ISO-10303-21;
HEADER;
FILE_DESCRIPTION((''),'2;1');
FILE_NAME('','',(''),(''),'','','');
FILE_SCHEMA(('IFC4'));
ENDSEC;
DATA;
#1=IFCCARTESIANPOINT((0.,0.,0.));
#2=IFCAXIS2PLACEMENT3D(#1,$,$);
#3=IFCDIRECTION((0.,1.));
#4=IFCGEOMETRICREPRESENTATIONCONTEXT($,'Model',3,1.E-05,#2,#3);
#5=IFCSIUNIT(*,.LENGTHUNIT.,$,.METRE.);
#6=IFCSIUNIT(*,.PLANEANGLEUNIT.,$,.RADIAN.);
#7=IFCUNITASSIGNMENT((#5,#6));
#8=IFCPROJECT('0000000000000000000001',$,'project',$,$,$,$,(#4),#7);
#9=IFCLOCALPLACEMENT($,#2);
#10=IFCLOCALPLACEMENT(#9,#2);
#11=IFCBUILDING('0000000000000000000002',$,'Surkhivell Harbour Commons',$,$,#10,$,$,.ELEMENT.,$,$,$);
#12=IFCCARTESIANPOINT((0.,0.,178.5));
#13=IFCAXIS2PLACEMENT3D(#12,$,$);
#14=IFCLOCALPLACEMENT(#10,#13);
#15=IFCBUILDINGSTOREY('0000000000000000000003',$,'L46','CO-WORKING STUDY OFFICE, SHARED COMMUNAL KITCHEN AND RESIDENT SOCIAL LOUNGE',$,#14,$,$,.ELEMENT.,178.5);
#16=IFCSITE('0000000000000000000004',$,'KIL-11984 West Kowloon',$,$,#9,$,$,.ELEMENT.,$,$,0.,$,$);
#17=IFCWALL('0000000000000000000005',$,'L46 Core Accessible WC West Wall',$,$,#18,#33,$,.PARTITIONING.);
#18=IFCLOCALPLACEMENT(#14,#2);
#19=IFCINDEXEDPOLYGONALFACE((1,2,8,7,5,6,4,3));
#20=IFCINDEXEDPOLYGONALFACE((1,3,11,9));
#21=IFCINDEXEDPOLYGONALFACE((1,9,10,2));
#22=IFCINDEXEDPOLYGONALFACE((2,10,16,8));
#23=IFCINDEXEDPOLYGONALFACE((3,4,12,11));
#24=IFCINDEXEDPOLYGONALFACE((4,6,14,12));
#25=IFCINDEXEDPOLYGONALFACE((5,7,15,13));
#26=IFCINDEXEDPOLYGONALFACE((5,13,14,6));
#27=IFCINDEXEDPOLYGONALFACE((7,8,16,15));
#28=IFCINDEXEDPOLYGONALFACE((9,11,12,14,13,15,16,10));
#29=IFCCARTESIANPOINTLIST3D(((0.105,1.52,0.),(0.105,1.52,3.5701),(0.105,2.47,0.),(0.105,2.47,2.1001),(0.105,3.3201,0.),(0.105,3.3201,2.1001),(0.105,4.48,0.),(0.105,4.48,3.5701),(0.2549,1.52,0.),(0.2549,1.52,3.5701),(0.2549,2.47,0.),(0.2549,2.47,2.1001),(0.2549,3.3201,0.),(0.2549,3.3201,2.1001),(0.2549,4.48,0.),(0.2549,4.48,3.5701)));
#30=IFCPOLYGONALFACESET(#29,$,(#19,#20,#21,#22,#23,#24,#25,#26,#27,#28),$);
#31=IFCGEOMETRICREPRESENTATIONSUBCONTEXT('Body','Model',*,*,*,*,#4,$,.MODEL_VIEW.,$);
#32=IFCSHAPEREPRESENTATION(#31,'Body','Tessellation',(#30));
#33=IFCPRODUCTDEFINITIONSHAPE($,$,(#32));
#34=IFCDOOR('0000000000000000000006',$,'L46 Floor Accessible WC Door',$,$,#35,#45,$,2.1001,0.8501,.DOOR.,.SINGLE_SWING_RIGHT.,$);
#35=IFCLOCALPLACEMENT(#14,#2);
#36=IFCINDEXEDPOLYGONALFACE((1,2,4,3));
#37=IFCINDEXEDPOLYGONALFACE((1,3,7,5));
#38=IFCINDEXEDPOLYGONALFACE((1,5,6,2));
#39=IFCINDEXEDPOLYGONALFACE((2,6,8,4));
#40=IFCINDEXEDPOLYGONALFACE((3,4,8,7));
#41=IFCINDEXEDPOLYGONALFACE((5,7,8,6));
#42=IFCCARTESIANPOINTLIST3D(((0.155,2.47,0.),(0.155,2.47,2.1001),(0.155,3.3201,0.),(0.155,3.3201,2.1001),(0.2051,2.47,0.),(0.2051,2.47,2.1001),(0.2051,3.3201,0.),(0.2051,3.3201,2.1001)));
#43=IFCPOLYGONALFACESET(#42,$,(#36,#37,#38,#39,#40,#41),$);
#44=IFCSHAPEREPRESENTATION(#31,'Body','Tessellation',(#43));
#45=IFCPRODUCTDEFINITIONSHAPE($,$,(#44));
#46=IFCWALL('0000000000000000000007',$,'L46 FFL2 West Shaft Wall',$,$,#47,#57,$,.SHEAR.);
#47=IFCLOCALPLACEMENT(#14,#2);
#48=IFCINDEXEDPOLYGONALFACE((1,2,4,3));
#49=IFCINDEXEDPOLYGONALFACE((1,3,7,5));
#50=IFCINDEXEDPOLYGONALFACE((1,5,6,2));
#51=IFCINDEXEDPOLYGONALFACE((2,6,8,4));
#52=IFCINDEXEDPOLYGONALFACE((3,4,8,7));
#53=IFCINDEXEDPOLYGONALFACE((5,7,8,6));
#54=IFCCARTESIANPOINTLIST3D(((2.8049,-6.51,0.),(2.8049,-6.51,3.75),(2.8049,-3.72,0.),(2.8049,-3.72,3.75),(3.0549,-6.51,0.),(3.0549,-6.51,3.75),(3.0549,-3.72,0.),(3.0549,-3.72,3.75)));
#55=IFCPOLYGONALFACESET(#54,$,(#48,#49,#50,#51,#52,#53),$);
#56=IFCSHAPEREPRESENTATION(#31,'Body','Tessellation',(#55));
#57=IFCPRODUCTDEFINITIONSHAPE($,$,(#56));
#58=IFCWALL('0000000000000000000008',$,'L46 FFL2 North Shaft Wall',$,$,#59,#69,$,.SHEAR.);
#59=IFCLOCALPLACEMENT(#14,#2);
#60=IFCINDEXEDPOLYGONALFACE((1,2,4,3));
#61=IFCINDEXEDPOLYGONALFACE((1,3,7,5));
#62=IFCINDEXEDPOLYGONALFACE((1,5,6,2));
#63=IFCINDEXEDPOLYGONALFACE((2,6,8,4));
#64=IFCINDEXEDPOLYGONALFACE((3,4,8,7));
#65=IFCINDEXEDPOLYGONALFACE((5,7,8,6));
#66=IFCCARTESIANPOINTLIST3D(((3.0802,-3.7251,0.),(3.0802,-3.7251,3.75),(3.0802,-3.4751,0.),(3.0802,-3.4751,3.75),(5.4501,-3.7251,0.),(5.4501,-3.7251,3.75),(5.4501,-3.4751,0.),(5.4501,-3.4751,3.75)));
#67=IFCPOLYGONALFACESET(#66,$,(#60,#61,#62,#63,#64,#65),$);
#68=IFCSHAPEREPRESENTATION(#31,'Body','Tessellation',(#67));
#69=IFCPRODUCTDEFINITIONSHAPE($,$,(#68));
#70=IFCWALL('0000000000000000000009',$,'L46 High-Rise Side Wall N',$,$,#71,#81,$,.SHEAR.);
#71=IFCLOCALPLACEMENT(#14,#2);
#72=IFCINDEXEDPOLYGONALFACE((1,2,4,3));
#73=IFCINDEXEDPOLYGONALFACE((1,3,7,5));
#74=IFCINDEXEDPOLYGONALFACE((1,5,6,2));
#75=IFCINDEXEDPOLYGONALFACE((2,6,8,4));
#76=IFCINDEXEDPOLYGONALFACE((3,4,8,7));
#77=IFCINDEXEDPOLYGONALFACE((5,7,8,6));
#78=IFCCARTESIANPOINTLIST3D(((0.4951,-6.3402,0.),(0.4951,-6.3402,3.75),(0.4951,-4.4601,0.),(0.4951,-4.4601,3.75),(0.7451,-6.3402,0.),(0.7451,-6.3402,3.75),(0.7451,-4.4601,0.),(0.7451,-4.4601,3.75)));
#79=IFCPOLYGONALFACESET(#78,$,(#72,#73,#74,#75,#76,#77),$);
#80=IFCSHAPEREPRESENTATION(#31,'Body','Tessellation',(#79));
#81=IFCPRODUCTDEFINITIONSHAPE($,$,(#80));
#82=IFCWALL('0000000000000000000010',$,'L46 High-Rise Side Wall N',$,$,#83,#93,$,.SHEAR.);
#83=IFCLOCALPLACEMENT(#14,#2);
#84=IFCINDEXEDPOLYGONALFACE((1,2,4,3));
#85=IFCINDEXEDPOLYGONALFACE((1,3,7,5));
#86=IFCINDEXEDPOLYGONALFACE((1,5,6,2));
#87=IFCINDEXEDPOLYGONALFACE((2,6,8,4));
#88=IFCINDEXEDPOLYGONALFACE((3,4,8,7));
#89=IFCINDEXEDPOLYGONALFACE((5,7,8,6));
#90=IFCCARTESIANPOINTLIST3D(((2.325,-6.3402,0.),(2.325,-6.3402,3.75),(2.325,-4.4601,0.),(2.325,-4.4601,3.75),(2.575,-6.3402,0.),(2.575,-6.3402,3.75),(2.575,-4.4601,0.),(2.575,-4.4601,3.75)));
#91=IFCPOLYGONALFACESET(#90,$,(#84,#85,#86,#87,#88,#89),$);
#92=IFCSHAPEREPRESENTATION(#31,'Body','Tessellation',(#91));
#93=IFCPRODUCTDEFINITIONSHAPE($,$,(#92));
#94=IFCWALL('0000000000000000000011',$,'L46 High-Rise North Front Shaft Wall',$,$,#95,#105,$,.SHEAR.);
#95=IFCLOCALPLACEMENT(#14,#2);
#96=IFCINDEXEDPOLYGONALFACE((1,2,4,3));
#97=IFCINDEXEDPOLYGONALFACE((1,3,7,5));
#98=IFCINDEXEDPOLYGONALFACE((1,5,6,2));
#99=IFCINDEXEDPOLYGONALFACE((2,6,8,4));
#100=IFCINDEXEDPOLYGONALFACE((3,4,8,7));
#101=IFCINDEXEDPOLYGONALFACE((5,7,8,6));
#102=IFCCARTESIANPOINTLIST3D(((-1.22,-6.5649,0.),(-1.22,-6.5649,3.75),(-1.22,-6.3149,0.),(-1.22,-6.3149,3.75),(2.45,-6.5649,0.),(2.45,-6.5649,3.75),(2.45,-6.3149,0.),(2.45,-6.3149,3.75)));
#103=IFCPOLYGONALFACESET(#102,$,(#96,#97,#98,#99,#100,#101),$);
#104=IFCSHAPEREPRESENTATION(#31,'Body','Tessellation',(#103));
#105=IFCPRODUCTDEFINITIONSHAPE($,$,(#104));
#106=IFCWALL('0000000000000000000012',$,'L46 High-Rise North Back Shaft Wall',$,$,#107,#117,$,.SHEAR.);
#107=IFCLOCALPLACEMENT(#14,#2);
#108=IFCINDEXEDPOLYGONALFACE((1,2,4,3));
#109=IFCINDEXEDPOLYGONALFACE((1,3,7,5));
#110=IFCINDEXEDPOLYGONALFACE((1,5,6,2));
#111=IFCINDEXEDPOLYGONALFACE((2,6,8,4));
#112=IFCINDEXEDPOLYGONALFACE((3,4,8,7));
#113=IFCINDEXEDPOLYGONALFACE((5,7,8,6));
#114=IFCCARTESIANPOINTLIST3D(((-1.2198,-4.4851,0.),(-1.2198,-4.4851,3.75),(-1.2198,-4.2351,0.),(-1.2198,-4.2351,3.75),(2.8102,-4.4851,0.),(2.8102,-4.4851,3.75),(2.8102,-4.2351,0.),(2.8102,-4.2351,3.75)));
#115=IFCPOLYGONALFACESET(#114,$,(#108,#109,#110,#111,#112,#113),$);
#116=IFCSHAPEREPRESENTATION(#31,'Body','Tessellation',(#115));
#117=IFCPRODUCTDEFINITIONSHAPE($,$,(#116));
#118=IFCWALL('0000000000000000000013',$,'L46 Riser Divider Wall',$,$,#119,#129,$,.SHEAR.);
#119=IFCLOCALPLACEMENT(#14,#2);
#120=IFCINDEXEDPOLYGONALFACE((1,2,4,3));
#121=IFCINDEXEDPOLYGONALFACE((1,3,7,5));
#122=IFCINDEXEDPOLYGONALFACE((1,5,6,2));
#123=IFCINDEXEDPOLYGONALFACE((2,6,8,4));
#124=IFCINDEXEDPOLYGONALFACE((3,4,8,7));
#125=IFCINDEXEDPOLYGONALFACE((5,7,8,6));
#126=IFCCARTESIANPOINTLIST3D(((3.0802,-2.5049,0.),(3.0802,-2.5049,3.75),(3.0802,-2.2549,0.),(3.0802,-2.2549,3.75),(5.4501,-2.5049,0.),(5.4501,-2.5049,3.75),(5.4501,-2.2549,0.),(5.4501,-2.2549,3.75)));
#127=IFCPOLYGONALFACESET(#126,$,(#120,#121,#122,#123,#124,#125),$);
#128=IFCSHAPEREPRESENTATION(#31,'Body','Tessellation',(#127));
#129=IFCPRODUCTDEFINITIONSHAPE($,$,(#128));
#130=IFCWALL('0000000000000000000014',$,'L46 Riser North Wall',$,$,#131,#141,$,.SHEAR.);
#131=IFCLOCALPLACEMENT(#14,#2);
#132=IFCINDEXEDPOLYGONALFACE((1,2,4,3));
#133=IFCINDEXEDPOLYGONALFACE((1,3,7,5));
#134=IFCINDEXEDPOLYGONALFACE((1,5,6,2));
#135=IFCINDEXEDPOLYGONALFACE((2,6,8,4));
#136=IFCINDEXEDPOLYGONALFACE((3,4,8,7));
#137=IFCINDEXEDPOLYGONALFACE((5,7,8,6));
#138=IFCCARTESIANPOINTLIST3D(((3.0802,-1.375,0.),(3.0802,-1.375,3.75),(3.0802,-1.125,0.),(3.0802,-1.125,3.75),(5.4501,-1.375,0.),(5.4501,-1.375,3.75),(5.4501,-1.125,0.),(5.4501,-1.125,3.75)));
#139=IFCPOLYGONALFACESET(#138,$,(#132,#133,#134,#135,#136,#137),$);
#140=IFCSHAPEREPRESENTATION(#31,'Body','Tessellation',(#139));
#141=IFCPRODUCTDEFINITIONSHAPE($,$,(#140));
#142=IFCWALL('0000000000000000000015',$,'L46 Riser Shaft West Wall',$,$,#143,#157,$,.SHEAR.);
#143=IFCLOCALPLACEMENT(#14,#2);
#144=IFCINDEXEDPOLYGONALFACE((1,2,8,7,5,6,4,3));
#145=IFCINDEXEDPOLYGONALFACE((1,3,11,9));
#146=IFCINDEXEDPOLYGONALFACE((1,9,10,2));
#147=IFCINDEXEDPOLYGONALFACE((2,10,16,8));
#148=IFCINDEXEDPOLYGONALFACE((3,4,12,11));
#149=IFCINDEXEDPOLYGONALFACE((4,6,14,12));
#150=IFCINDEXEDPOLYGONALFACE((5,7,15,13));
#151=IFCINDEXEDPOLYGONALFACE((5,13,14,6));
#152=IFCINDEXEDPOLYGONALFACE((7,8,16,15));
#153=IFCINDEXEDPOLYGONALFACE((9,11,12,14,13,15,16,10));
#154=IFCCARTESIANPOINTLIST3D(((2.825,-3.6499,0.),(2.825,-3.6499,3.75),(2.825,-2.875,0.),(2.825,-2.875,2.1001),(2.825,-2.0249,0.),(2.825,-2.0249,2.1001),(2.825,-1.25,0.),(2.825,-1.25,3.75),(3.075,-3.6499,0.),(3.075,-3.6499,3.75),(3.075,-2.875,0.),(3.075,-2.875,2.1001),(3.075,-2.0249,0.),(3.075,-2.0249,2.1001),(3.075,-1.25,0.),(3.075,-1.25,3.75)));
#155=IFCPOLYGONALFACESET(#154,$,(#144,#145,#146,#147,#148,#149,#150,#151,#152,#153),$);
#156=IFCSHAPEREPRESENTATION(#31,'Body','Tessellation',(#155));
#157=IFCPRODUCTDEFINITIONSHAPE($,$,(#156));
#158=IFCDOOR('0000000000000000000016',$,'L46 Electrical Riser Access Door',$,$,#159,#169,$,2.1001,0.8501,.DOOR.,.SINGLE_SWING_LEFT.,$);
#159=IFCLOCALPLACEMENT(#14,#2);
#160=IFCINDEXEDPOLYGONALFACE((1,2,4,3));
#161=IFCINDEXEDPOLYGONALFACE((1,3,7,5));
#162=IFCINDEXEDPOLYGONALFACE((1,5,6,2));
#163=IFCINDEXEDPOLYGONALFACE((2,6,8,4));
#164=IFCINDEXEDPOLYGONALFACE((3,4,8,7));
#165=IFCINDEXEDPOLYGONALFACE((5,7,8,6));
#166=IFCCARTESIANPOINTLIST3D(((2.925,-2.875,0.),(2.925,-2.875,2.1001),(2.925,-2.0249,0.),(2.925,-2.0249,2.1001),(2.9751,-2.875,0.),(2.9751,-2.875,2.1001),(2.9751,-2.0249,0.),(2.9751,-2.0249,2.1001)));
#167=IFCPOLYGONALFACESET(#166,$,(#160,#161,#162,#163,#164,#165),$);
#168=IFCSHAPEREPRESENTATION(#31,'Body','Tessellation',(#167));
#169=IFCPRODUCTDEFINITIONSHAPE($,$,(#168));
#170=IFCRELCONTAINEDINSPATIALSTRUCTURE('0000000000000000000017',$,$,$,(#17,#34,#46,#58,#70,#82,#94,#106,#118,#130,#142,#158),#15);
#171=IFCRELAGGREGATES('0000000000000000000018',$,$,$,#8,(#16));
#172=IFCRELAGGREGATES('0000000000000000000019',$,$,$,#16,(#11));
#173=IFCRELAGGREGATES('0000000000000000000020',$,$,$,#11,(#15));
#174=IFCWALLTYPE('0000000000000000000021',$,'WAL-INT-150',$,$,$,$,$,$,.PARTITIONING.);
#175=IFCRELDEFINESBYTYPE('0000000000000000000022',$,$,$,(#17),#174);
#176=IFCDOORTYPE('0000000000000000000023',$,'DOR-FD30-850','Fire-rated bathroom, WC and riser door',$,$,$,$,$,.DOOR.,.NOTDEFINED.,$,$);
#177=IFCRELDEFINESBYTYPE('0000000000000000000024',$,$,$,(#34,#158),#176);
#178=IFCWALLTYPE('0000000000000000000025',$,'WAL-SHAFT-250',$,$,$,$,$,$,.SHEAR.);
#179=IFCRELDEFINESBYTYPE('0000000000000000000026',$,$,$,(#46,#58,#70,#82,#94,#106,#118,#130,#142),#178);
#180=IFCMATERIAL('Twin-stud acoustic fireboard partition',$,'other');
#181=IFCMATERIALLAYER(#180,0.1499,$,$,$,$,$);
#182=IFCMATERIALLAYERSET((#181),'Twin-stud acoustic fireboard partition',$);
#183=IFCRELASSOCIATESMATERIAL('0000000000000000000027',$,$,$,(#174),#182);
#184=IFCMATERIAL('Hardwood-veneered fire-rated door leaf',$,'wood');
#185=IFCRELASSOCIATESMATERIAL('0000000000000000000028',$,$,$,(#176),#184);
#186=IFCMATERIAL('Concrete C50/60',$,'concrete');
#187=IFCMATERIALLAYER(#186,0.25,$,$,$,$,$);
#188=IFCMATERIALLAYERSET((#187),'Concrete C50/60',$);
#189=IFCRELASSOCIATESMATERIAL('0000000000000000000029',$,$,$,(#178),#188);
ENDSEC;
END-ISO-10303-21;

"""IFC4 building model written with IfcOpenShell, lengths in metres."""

from ifc_helpers import new_model, si_unit, direction, frame, frame_2d, origin, place, context, subcontext, project, spatial, rectangle, extrude, material, layer, layer_set, type_object, element, fill, save


model = new_model("IFC4")

# Units and contexts
model_context = context("Model", 3, precision=1e-05, world=origin(), true_north=direction((0.0, 1.0)))
body_context = subcontext(model_context, "Body", "Model", "MODEL_VIEW")
ifc_project = project(units=[si_unit("LENGTHUNIT", "METRE"), si_unit("PLANEANGLEUNIT", "RADIAN")], contexts=[model_context])

# Site, building, storey
site_placement = place(None, origin())
site = spatial("IfcSite", under=ifc_project, at=site_placement, Name="KIL-11984 West Kowloon", CompositionType="ELEMENT", RefElevation=0.0)
building_placement = place(site_placement, origin())
building = spatial("IfcBuilding", under=site, at=building_placement, Name="Surkhivell Harbour Commons", CompositionType="ELEMENT")
storey_placement = place(building_placement, frame((0.0, 0.0, 178.5)))
storey = spatial("IfcBuildingStorey", under=building, at=storey_placement, Name="L46", Description="CO-WORKING STUDY OFFICE, SHARED COMMUNAL KITCHEN AND RESIDENT SOCIAL LOUNGE", CompositionType="ELEMENT", Elevation=178.5)

# Shared definitions
ifc_material_1 = material(Name="Twin-stud acoustic fireboard partition", Category="other")
ifc_layer_1 = layer(ifc_material_1, 0.1499)
ifc_layer_set_1 = layer_set([ifc_layer_1], Name="Twin-stud acoustic fireboard partition")
wall_type_1 = type_object("IfcWallType", Name="WAL-INT-150", PredefinedType="PARTITIONING", material=ifc_layer_set_1)

# Wall, opening, door
wall_1_placement = place(storey_placement, frame((0.1799, 1.52, 0.0), z_axis=(0.0, 0.0, 1.0), x_axis=(0.0, 1.0, 0.0)))
wall_1 = element("IfcWall", 1, at=wall_1_placement, inside=storey, type_object=wall_type_1, Name="L46 Core Accessible WC West Wall", PredefinedType="PARTITIONING", context=body_context, shape_type="SweptSolid", body=[
    extrude(rectangle(XDim=2.96, YDim=0.1499, at=frame_2d((1.48, 0.0))), origin(), (0.0, 0.0, 1.0), 3.5701),
])
opening_1_placement = place(wall_1_placement, frame((0.95, 0.0, 0.0)))
opening_1 = element("IfcOpeningElement", 2, at=opening_1_placement, cuts=wall_1, PredefinedType="OPENING", context=body_context, shape_type="SweptSolid", body=[
    extrude(rectangle(XDim=0.8501, YDim=2.1001, at=frame_2d((0.425, 1.05))), frame((0.0, 0.085, 0.0), z_axis=(0.0, -1.0, 0.0), x_axis=(1.0, 0.0, 0.0)), (0.0, 0.0, 1.0), 0.1699),
])
ifc_material_2 = material(Name="Hardwood-veneered fire-rated door leaf", Category="wood")
door_type_1 = type_object("IfcDoorType", Name="DOR-FD30-850", Description="Fire-rated bathroom, WC and riser door", OperationType="NOTDEFINED", PredefinedType="DOOR", material=ifc_material_2)
door_1_placement = place(opening_1_placement, origin())
door_1 = element("IfcDoor", 3, at=door_1_placement, inside=storey, type_object=door_type_1, Name="L46 Floor Accessible WC Door", OperationType="SINGLE_SWING_RIGHT", OverallHeight=2.1001, OverallWidth=0.8501, PredefinedType="DOOR", context=body_context, shape_type="SweptSolid", body=[
    extrude(rectangle(XDim=0.8501, YDim=2.1001, at=frame_2d((0.425, 1.05))), frame((0.0, 0.0249, 0.0), z_axis=(0.0, -1.0, 0.0), x_axis=(1.0, 0.0, 0.0)), (0.0, 0.0, 1.0), 0.05),
])
fill(opening_1, door_1)

# Walls
ifc_material_3 = material(Name="Concrete C50/60", Category="concrete")
ifc_layer_2 = layer(ifc_material_3, 0.25)
ifc_layer_set_2 = layer_set([ifc_layer_2], Name="Concrete C50/60")
wall_type_2 = type_object("IfcWallType", Name="WAL-SHAFT-250", PredefinedType="SHEAR", material=ifc_layer_set_2)
wall_2_placement = place(storey_placement, frame((2.9299, -6.51, 0.0), z_axis=(0.0, 0.0, 1.0), x_axis=(0.0, 1.0, 0.0)))
element("IfcWall", 4, at=wall_2_placement, inside=storey, type_object=wall_type_2, Name="L46 FFL2 West Shaft Wall", PredefinedType="SHEAR", context=body_context, shape_type="SweptSolid", body=[
    extrude(rectangle(XDim=2.79, YDim=0.25, at=frame_2d((1.395, 0.0))), origin(), (0.0, 0.0, 1.0), 3.75),
])
wall_3_placement = place(storey_placement, frame((3.0801, -3.6001, 0.0), z_axis=(0.0, 0.0, 1.0), x_axis=(1.0, 0.0, 0.0)))
element("IfcWall", 5, at=wall_3_placement, inside=storey, type_object=wall_type_2, Name="L46 FFL2 North Shaft Wall", PredefinedType="SHEAR", context=body_context, shape_type="SweptSolid", body=[
    extrude(rectangle(XDim=2.3699, YDim=0.25, at=frame_2d((1.1851, 0.0))), origin(), (0.0, 0.0, 1.0), 3.75),
])
for number, where, z_axis, x_axis, name in (
    (6, (0.6201, -6.3401, 0.0), (0.0, 0.0, 1.0), (0.0, 1.0, 0.0), "L46 High-Rise Side Wall N"),
    (7, (2.45, -6.3401, 0.0), (0.0, 0.0, 1.0), (0.0, 1.0, 0.0), "L46 High-Rise Side Wall N"),
):
    element("IfcWall", number, at=place(storey_placement, frame(where, z_axis=z_axis, x_axis=x_axis)), inside=storey, type_object=wall_type_2, Name=name, PredefinedType="SHEAR", context=body_context, shape_type="SweptSolid", body=[
        extrude(rectangle(XDim=1.8801, YDim=0.25, at=frame_2d((0.9399, 0.0))), origin(), (0.0, 0.0, 1.0), 3.75),
    ])
wall_4_placement = place(storey_placement, frame((-1.22, -6.4399, 0.0), z_axis=(0.0, 0.0, 1.0), x_axis=(1.0, 0.0, 0.0)))
element("IfcWall", 8, at=wall_4_placement, inside=storey, type_object=wall_type_2, Name="L46 High-Rise North Front Shaft Wall", PredefinedType="SHEAR", context=body_context, shape_type="SweptSolid", body=[
    extrude(rectangle(XDim=3.6699, YDim=0.25, at=frame_2d((1.835, 0.0))), origin(), (0.0, 0.0, 1.0), 3.75),
])
wall_5_placement = place(storey_placement, frame((-1.22, -4.3601, 0.0), z_axis=(0.0, 0.0, 1.0), x_axis=(1.0, 0.0, 0.0)))
element("IfcWall", 9, at=wall_5_placement, inside=storey, type_object=wall_type_2, Name="L46 High-Rise North Back Shaft Wall", PredefinedType="SHEAR", context=body_context, shape_type="SweptSolid", body=[
    extrude(rectangle(XDim=4.03, YDim=0.25, at=frame_2d((2.0151, 0.0))), origin(), (0.0, 0.0, 1.0), 3.75),
])
for number, where, z_axis, x_axis, name in (
    (10, (3.0801, -2.3799, 0.0), (0.0, 0.0, 1.0), (1.0, 0.0, 0.0), "L46 Riser Divider Wall"),
    (11, (3.0801, -1.25, 0.0), (0.0, 0.0, 1.0), (1.0, 0.0, 0.0), "L46 Riser North Wall"),
):
    element("IfcWall", number, at=place(storey_placement, frame(where, z_axis=z_axis, x_axis=x_axis)), inside=storey, type_object=wall_type_2, Name=name, PredefinedType="SHEAR", context=body_context, shape_type="SweptSolid", body=[
        extrude(rectangle(XDim=2.3699, YDim=0.25, at=frame_2d((1.1851, 0.0))), origin(), (0.0, 0.0, 1.0), 3.75),
    ])

# Wall, opening, door
wall_6_placement = place(storey_placement, frame((2.95, -3.6499, 0.0), z_axis=(0.0, 0.0, 1.0), x_axis=(0.0, 1.0, 0.0)))
wall_6 = element("IfcWall", 12, at=wall_6_placement, inside=storey, type_object=wall_type_2, Name="L46 Riser Shaft West Wall", PredefinedType="SHEAR", context=body_context, shape_type="SweptSolid", body=[
    extrude(rectangle(XDim=2.3999, YDim=0.25, at=frame_2d((1.2, 0.0))), origin(), (0.0, 0.0, 1.0), 3.75),
])
opening_2_placement = place(wall_6_placement, frame((0.7749, 0.0, 0.0)))
opening_2 = element("IfcOpeningElement", 13, at=opening_2_placement, cuts=wall_6, PredefinedType="OPENING", context=body_context, shape_type="SweptSolid", body=[
    extrude(rectangle(XDim=0.8501, YDim=2.1001, at=frame_2d((0.425, 1.05))), frame((0.0, 0.135, 0.0), z_axis=(0.0, -1.0, 0.0), x_axis=(1.0, 0.0, 0.0)), (0.0, 0.0, 1.0), 0.27),
])
door_2_placement = place(opening_2_placement, origin())
door_2 = element("IfcDoor", 14, at=door_2_placement, inside=storey, type_object=door_type_1, Name="L46 Electrical Riser Access Door", OperationType="SINGLE_SWING_LEFT", OverallHeight=2.1001, OverallWidth=0.8501, PredefinedType="DOOR", context=body_context, shape_type="SweptSolid", body=[
    extrude(rectangle(XDim=0.8501, YDim=2.1001, at=frame_2d((0.425, 1.05))), frame((0.0, 0.0249, 0.0), z_axis=(0.0, -1.0, 0.0), x_axis=(1.0, 0.0, 0.0)), (0.0, 0.0, 1.0), 0.05),
])
fill(opening_2, door_2)

save(model, "model.ifc")
